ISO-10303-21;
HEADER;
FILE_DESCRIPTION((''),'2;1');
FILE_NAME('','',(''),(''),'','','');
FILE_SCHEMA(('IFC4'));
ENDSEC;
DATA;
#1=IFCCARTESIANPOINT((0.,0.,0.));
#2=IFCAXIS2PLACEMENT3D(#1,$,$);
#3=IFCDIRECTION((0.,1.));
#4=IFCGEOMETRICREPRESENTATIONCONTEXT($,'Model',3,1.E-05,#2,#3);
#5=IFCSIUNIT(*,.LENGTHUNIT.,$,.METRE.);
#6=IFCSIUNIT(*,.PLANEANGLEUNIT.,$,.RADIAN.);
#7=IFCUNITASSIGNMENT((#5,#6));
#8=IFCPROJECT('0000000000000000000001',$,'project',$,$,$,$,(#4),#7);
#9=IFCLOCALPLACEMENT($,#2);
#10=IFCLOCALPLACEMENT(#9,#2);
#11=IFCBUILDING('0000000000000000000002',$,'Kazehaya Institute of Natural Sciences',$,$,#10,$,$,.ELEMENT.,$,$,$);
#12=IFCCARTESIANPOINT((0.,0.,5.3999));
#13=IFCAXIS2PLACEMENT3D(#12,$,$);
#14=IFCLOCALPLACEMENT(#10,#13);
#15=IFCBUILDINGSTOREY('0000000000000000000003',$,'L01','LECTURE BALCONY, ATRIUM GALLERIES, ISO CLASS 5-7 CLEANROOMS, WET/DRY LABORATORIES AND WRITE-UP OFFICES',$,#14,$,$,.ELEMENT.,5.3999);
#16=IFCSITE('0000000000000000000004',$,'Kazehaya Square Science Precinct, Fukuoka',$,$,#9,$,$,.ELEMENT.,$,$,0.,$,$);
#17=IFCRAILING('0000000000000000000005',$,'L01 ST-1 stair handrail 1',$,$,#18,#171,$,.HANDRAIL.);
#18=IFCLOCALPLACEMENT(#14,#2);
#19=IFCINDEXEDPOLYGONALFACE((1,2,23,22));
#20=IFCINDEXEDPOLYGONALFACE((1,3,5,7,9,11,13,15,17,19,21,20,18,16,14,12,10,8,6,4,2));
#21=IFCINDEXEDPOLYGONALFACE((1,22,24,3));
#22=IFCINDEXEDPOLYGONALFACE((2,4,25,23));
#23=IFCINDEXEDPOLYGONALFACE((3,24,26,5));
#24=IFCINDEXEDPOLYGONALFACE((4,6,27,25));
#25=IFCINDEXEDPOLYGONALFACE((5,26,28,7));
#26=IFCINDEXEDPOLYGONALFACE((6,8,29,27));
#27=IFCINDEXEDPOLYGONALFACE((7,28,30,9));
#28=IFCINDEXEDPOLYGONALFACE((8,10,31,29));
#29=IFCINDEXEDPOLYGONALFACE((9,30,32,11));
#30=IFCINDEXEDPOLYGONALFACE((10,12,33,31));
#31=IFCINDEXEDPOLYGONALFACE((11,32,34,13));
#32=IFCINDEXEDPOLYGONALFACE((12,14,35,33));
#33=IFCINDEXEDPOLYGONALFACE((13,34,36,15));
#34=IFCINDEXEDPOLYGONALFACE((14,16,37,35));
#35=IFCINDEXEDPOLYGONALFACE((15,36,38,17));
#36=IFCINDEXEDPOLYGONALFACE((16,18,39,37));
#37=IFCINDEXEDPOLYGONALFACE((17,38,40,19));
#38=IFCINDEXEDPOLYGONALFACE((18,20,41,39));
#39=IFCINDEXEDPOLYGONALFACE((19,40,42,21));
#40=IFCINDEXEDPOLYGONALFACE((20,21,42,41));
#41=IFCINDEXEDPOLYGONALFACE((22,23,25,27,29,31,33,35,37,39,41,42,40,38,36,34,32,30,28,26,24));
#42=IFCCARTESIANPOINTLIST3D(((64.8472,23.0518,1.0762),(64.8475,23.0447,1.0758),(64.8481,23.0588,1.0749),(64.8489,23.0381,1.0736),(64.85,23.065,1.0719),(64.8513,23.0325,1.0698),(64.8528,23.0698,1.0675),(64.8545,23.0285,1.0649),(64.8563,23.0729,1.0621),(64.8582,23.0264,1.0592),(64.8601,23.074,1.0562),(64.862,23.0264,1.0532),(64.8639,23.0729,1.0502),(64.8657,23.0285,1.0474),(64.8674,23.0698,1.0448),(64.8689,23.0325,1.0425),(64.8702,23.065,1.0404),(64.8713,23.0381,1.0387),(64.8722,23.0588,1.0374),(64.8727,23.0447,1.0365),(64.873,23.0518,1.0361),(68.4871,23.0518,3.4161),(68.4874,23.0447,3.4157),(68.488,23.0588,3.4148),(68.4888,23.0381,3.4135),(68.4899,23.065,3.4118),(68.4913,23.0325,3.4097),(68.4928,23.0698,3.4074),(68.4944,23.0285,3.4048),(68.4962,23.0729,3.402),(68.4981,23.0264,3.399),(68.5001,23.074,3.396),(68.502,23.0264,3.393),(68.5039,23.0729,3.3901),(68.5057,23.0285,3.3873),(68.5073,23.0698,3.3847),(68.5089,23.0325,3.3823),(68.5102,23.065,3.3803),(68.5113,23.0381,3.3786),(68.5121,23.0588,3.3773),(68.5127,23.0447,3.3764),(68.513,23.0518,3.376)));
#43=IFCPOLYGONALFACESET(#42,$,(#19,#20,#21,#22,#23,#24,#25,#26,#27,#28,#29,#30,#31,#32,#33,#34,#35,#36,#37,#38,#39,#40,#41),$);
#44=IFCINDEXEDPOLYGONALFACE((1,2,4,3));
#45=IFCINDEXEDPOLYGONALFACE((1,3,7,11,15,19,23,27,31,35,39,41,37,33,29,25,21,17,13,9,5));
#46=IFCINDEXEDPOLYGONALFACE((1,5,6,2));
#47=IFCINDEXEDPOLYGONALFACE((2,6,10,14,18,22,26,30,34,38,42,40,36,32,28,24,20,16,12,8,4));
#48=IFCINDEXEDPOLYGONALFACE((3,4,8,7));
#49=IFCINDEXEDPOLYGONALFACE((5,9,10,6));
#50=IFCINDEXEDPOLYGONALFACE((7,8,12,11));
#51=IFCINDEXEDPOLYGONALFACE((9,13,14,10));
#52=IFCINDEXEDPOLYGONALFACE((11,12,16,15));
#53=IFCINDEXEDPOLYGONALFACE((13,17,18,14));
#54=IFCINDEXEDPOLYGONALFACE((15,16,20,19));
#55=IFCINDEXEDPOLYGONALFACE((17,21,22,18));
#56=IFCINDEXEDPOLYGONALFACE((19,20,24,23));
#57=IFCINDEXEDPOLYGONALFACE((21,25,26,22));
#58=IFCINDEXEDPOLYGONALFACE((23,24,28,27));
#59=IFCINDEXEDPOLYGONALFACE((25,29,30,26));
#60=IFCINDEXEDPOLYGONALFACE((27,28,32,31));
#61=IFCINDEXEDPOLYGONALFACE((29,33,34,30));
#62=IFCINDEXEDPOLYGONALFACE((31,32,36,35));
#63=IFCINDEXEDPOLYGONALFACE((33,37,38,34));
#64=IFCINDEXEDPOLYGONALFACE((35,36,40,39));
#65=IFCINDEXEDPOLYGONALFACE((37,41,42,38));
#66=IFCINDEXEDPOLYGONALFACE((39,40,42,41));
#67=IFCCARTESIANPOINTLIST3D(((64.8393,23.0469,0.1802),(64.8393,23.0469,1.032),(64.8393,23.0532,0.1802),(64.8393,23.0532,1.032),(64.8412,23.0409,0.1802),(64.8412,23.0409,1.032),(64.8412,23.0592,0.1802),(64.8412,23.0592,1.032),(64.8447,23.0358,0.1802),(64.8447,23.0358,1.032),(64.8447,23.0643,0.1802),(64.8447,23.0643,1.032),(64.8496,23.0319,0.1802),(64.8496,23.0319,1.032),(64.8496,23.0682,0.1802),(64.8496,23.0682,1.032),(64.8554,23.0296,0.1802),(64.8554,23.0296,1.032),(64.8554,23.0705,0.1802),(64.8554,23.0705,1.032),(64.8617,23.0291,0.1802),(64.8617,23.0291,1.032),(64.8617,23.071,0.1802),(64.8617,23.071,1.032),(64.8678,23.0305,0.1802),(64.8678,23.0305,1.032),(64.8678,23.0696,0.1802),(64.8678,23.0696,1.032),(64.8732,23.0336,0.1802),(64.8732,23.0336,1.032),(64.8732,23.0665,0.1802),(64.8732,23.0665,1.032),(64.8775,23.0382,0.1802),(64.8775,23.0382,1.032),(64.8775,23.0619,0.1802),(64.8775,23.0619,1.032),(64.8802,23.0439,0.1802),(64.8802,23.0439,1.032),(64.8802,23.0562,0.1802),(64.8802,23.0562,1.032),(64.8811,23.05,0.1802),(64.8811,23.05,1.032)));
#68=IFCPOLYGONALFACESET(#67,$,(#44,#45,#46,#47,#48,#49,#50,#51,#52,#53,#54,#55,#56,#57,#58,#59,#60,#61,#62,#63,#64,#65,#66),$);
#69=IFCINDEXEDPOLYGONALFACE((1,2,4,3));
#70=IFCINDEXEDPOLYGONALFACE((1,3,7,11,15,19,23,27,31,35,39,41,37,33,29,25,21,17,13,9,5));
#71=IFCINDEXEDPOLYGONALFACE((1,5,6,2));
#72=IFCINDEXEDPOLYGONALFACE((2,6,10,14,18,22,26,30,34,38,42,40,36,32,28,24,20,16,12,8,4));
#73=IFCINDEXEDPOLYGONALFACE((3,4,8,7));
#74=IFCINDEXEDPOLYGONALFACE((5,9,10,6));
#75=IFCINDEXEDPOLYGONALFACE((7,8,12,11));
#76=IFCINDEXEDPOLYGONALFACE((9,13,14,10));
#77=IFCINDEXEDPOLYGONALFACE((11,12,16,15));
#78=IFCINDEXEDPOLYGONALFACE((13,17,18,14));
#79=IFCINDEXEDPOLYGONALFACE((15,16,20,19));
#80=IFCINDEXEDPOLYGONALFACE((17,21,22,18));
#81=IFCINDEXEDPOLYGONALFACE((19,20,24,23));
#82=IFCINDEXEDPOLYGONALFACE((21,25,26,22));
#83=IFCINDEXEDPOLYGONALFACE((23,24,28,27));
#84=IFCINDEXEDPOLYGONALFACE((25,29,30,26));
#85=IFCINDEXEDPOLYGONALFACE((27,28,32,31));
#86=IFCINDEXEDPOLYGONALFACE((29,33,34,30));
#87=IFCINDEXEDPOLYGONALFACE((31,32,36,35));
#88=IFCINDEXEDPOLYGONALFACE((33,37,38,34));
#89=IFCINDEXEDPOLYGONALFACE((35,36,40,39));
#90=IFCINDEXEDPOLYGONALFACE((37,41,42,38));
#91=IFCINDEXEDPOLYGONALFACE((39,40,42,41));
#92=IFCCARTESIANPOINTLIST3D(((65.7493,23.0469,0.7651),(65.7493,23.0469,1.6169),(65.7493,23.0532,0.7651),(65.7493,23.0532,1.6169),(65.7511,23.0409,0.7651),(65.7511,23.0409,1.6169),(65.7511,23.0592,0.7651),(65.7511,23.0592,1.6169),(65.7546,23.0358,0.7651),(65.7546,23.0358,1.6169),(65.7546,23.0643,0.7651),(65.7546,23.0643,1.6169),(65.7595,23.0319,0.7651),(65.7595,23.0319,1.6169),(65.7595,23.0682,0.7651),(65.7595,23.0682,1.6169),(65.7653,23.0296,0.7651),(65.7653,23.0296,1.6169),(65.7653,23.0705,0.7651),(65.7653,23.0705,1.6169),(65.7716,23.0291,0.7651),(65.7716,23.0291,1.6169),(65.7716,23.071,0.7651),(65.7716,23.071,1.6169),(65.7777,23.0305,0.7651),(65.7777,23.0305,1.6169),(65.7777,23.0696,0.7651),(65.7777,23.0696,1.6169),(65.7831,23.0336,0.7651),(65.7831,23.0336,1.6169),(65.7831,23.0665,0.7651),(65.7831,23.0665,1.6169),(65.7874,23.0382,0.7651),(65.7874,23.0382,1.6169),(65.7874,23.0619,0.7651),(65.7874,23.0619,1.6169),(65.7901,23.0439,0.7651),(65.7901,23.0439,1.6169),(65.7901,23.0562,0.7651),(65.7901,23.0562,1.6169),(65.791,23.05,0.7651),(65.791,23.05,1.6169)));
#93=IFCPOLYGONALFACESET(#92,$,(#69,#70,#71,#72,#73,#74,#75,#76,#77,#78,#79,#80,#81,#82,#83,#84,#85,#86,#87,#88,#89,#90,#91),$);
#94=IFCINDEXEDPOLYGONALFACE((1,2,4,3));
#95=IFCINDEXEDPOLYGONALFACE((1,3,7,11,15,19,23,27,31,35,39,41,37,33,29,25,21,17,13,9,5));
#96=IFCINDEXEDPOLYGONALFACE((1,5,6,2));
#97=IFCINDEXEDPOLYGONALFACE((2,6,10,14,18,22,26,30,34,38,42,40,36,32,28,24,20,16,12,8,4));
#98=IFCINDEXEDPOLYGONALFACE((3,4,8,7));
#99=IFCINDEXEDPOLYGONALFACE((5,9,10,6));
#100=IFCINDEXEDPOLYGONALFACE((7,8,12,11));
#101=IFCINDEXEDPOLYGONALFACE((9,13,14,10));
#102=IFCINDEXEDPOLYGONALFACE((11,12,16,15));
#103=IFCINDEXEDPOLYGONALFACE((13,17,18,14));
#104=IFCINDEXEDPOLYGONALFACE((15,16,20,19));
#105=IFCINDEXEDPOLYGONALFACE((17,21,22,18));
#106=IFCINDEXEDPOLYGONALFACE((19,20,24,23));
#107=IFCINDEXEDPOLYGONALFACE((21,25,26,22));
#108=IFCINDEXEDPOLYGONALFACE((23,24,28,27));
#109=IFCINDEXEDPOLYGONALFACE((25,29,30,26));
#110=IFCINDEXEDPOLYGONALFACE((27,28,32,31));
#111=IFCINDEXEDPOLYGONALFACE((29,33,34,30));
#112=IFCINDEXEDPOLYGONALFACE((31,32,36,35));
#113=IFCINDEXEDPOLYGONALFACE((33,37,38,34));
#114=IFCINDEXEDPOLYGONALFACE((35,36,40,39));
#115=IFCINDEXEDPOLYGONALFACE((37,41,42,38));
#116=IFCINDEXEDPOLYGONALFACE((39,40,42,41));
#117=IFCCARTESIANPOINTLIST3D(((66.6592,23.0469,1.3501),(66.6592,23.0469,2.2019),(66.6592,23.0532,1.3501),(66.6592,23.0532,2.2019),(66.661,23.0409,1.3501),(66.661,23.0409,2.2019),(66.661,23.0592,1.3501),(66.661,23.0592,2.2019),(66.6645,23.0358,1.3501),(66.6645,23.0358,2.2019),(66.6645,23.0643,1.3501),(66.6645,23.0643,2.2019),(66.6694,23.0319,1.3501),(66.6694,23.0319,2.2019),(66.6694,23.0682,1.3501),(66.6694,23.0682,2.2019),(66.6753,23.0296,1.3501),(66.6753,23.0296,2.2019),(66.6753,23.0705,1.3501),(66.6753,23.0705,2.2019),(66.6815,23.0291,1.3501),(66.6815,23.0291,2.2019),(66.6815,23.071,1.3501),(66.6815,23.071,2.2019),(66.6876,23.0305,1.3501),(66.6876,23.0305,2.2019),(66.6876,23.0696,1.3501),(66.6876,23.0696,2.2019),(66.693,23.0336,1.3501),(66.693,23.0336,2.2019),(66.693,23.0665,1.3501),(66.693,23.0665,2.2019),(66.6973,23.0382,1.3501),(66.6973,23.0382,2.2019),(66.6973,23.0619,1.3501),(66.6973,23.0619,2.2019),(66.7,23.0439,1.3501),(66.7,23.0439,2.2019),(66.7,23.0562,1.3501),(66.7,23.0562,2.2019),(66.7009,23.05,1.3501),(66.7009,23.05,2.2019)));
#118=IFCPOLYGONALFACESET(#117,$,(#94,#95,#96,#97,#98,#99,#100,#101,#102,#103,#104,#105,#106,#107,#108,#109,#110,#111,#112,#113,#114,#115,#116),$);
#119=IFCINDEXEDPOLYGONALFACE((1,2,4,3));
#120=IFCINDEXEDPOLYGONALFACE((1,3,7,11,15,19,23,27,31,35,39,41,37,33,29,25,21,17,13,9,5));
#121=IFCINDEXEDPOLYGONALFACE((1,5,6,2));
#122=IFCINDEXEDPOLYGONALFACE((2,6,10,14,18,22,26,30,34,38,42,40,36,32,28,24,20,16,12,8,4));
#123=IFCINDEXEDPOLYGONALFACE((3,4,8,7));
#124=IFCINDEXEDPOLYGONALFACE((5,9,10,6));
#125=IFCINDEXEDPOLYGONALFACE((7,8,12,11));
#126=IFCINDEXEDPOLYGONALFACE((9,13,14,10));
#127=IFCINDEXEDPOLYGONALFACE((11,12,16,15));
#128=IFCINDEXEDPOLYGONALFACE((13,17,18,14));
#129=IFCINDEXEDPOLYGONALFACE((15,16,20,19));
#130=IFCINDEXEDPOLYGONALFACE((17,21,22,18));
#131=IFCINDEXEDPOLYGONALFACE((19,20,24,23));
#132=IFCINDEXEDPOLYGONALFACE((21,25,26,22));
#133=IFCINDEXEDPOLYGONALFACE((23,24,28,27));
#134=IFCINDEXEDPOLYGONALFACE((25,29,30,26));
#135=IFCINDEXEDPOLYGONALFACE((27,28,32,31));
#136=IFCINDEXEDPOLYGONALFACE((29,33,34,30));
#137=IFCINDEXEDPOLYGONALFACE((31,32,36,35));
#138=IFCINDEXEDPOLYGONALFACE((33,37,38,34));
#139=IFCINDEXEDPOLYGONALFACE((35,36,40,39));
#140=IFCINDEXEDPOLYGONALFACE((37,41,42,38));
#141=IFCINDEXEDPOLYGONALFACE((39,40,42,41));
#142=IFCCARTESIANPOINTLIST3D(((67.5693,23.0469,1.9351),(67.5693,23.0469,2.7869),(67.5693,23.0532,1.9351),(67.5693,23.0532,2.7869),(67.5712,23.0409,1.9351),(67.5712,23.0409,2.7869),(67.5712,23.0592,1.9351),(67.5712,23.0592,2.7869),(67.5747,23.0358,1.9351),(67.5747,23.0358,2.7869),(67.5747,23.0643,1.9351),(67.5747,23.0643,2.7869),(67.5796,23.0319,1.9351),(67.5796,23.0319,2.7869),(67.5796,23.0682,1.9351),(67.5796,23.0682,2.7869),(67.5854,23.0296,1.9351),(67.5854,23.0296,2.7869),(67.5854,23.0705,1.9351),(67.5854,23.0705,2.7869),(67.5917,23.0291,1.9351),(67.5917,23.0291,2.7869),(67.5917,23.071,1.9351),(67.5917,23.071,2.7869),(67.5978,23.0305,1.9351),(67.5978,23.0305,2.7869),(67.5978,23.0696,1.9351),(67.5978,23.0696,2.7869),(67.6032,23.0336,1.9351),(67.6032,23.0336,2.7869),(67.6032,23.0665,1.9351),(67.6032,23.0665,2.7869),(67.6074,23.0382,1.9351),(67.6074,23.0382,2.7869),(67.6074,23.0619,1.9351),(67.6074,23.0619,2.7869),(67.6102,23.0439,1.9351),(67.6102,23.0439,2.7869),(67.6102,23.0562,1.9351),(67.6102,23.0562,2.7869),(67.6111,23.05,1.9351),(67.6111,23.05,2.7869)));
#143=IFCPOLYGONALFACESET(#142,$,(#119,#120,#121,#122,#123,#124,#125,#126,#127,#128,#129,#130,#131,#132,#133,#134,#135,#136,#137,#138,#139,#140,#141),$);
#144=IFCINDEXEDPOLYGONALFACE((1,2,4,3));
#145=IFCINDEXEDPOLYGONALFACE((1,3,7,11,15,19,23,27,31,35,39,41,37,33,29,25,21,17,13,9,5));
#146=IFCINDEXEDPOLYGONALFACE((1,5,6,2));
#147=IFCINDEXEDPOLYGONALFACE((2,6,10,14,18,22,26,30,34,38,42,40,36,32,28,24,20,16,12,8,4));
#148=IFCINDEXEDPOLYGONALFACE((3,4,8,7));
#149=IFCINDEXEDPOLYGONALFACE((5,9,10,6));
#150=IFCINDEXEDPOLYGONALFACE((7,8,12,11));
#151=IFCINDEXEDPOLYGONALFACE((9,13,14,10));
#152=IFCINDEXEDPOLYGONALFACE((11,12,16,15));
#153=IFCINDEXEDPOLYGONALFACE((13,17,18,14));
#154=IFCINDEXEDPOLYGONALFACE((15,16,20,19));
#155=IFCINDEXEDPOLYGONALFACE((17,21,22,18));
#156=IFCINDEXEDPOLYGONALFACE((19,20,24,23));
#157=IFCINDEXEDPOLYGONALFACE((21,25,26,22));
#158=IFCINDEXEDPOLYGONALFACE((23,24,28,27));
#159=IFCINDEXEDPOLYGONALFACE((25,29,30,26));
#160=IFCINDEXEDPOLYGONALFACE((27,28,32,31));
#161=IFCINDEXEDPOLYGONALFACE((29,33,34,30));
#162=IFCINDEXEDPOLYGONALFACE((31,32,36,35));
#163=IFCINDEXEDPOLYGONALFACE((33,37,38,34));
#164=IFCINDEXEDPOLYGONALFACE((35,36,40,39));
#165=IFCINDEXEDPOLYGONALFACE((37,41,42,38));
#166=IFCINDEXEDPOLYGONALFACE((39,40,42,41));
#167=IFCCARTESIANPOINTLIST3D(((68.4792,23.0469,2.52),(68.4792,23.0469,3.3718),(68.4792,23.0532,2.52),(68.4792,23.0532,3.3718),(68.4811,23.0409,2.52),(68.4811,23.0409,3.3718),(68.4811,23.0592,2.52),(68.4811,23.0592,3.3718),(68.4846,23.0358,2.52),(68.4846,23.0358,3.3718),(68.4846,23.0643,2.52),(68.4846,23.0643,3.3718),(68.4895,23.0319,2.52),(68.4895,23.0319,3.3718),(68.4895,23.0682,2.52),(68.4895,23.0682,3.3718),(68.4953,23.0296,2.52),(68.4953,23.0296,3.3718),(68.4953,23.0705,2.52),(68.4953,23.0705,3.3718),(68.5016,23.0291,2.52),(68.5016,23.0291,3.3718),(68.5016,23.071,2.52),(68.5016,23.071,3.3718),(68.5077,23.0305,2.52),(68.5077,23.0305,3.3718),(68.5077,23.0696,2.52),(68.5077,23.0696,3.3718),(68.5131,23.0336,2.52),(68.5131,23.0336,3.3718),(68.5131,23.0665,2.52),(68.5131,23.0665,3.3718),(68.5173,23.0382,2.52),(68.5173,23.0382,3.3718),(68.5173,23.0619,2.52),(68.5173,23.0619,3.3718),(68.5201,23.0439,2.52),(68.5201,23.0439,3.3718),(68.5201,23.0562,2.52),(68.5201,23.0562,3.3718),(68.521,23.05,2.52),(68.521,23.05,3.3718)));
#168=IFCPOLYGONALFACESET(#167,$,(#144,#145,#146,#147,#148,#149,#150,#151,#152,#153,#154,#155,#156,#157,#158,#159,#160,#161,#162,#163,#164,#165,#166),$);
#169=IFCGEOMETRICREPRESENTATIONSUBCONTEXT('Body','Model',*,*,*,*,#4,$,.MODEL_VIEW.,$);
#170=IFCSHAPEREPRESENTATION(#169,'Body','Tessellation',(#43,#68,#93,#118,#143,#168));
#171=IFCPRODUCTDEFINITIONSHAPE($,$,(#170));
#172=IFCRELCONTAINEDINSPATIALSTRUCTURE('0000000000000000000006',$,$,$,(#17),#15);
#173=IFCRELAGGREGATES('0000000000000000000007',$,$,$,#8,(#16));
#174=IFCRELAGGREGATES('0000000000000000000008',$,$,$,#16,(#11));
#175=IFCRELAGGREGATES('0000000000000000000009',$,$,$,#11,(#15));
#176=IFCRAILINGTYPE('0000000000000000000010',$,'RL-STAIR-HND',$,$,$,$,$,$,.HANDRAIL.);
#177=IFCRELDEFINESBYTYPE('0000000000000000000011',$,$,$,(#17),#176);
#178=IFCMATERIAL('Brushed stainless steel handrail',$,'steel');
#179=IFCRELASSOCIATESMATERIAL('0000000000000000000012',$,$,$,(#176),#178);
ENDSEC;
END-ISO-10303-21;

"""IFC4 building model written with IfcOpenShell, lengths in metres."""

from ifc_helpers import new_model, si_unit, direction, frame, origin, origin_2d, place, context, subcontext, project, spatial, circle, extrude, material, type_object, element, save


model = new_model("IFC4")

# Units and contexts
model_context = context("Model", 3, precision=1e-05, world=origin(), true_north=direction((0.0, 1.0)))
body_context = subcontext(model_context, "Body", "Model", "MODEL_VIEW")
ifc_project = project(units=[si_unit("LENGTHUNIT", "METRE"), si_unit("PLANEANGLEUNIT", "RADIAN")], contexts=[model_context])

# Site, building, storey
site_placement = place(None, origin())
site = spatial("IfcSite", under=ifc_project, at=site_placement, Name="Kazehaya Square Science Precinct, Fukuoka", CompositionType="ELEMENT", RefElevation=0.0)
building_placement = place(site_placement, origin())
building = spatial("IfcBuilding", under=site, at=building_placement, Name="Kazehaya Institute of Natural Sciences", CompositionType="ELEMENT")
storey_placement = place(building_placement, frame((0.0, 0.0, 5.3999)))
storey = spatial("IfcBuildingStorey", under=building, at=storey_placement, Name="L01", Description="LECTURE BALCONY, ATRIUM GALLERIES, ISO CLASS 5-7 CLEANROOMS, WET/DRY LABORATORIES AND WRITE-UP OFFICES", CompositionType="ELEMENT", Elevation=5.3999)

# Railing
ifc_material_1 = material(Name="Brushed stainless steel handrail", Category="steel")
railing_type_1 = type_object("IfcRailingType", Name="RL-STAIR-HND", PredefinedType="HANDRAIL", material=ifc_material_1)
railing_1_placement = place(storey_placement, frame((64.8601, 23.05, 0.1802)))
element("IfcRailing", 1, at=railing_1_placement, inside=storey, type_object=railing_type_1, Name="L01 ST-1 stair handrail 1", PredefinedType="HANDRAIL", context=body_context, shape_type="SweptSolid", body=[
    extrude(circle(Radius=0.0239, at=origin_2d()), frame((0.0, 0.0, 0.876), z_axis=(0.841188, 0.0, 0.540743), x_axis=(0.0, 1.0, 0.0)), (0.0, 0.0, 1.0), 4.3271),
    extrude(circle(Radius=0.021, at=origin_2d()), origin(), (0.0, 0.0, 1.0), 0.8518),
    extrude(circle(Radius=0.021, at=origin_2d()), frame((0.9099, 0.0, 0.585)), (0.0, 0.0, 1.0), 0.8518),
    extrude(circle(Radius=0.021, at=origin_2d()), frame((1.8198, 0.0, 1.1699)), (0.0, 0.0, 1.0), 0.8518),
    extrude(circle(Radius=0.021, at=origin_2d()), frame((2.73, 0.0, 1.7549)), (0.0, 0.0, 1.0), 0.8518),
    extrude(circle(Radius=0.021, at=origin_2d()), frame((3.6399, 0.0, 2.3398)), (0.0, 0.0, 1.0), 0.8518),
])

save(model, "model.ifc")
